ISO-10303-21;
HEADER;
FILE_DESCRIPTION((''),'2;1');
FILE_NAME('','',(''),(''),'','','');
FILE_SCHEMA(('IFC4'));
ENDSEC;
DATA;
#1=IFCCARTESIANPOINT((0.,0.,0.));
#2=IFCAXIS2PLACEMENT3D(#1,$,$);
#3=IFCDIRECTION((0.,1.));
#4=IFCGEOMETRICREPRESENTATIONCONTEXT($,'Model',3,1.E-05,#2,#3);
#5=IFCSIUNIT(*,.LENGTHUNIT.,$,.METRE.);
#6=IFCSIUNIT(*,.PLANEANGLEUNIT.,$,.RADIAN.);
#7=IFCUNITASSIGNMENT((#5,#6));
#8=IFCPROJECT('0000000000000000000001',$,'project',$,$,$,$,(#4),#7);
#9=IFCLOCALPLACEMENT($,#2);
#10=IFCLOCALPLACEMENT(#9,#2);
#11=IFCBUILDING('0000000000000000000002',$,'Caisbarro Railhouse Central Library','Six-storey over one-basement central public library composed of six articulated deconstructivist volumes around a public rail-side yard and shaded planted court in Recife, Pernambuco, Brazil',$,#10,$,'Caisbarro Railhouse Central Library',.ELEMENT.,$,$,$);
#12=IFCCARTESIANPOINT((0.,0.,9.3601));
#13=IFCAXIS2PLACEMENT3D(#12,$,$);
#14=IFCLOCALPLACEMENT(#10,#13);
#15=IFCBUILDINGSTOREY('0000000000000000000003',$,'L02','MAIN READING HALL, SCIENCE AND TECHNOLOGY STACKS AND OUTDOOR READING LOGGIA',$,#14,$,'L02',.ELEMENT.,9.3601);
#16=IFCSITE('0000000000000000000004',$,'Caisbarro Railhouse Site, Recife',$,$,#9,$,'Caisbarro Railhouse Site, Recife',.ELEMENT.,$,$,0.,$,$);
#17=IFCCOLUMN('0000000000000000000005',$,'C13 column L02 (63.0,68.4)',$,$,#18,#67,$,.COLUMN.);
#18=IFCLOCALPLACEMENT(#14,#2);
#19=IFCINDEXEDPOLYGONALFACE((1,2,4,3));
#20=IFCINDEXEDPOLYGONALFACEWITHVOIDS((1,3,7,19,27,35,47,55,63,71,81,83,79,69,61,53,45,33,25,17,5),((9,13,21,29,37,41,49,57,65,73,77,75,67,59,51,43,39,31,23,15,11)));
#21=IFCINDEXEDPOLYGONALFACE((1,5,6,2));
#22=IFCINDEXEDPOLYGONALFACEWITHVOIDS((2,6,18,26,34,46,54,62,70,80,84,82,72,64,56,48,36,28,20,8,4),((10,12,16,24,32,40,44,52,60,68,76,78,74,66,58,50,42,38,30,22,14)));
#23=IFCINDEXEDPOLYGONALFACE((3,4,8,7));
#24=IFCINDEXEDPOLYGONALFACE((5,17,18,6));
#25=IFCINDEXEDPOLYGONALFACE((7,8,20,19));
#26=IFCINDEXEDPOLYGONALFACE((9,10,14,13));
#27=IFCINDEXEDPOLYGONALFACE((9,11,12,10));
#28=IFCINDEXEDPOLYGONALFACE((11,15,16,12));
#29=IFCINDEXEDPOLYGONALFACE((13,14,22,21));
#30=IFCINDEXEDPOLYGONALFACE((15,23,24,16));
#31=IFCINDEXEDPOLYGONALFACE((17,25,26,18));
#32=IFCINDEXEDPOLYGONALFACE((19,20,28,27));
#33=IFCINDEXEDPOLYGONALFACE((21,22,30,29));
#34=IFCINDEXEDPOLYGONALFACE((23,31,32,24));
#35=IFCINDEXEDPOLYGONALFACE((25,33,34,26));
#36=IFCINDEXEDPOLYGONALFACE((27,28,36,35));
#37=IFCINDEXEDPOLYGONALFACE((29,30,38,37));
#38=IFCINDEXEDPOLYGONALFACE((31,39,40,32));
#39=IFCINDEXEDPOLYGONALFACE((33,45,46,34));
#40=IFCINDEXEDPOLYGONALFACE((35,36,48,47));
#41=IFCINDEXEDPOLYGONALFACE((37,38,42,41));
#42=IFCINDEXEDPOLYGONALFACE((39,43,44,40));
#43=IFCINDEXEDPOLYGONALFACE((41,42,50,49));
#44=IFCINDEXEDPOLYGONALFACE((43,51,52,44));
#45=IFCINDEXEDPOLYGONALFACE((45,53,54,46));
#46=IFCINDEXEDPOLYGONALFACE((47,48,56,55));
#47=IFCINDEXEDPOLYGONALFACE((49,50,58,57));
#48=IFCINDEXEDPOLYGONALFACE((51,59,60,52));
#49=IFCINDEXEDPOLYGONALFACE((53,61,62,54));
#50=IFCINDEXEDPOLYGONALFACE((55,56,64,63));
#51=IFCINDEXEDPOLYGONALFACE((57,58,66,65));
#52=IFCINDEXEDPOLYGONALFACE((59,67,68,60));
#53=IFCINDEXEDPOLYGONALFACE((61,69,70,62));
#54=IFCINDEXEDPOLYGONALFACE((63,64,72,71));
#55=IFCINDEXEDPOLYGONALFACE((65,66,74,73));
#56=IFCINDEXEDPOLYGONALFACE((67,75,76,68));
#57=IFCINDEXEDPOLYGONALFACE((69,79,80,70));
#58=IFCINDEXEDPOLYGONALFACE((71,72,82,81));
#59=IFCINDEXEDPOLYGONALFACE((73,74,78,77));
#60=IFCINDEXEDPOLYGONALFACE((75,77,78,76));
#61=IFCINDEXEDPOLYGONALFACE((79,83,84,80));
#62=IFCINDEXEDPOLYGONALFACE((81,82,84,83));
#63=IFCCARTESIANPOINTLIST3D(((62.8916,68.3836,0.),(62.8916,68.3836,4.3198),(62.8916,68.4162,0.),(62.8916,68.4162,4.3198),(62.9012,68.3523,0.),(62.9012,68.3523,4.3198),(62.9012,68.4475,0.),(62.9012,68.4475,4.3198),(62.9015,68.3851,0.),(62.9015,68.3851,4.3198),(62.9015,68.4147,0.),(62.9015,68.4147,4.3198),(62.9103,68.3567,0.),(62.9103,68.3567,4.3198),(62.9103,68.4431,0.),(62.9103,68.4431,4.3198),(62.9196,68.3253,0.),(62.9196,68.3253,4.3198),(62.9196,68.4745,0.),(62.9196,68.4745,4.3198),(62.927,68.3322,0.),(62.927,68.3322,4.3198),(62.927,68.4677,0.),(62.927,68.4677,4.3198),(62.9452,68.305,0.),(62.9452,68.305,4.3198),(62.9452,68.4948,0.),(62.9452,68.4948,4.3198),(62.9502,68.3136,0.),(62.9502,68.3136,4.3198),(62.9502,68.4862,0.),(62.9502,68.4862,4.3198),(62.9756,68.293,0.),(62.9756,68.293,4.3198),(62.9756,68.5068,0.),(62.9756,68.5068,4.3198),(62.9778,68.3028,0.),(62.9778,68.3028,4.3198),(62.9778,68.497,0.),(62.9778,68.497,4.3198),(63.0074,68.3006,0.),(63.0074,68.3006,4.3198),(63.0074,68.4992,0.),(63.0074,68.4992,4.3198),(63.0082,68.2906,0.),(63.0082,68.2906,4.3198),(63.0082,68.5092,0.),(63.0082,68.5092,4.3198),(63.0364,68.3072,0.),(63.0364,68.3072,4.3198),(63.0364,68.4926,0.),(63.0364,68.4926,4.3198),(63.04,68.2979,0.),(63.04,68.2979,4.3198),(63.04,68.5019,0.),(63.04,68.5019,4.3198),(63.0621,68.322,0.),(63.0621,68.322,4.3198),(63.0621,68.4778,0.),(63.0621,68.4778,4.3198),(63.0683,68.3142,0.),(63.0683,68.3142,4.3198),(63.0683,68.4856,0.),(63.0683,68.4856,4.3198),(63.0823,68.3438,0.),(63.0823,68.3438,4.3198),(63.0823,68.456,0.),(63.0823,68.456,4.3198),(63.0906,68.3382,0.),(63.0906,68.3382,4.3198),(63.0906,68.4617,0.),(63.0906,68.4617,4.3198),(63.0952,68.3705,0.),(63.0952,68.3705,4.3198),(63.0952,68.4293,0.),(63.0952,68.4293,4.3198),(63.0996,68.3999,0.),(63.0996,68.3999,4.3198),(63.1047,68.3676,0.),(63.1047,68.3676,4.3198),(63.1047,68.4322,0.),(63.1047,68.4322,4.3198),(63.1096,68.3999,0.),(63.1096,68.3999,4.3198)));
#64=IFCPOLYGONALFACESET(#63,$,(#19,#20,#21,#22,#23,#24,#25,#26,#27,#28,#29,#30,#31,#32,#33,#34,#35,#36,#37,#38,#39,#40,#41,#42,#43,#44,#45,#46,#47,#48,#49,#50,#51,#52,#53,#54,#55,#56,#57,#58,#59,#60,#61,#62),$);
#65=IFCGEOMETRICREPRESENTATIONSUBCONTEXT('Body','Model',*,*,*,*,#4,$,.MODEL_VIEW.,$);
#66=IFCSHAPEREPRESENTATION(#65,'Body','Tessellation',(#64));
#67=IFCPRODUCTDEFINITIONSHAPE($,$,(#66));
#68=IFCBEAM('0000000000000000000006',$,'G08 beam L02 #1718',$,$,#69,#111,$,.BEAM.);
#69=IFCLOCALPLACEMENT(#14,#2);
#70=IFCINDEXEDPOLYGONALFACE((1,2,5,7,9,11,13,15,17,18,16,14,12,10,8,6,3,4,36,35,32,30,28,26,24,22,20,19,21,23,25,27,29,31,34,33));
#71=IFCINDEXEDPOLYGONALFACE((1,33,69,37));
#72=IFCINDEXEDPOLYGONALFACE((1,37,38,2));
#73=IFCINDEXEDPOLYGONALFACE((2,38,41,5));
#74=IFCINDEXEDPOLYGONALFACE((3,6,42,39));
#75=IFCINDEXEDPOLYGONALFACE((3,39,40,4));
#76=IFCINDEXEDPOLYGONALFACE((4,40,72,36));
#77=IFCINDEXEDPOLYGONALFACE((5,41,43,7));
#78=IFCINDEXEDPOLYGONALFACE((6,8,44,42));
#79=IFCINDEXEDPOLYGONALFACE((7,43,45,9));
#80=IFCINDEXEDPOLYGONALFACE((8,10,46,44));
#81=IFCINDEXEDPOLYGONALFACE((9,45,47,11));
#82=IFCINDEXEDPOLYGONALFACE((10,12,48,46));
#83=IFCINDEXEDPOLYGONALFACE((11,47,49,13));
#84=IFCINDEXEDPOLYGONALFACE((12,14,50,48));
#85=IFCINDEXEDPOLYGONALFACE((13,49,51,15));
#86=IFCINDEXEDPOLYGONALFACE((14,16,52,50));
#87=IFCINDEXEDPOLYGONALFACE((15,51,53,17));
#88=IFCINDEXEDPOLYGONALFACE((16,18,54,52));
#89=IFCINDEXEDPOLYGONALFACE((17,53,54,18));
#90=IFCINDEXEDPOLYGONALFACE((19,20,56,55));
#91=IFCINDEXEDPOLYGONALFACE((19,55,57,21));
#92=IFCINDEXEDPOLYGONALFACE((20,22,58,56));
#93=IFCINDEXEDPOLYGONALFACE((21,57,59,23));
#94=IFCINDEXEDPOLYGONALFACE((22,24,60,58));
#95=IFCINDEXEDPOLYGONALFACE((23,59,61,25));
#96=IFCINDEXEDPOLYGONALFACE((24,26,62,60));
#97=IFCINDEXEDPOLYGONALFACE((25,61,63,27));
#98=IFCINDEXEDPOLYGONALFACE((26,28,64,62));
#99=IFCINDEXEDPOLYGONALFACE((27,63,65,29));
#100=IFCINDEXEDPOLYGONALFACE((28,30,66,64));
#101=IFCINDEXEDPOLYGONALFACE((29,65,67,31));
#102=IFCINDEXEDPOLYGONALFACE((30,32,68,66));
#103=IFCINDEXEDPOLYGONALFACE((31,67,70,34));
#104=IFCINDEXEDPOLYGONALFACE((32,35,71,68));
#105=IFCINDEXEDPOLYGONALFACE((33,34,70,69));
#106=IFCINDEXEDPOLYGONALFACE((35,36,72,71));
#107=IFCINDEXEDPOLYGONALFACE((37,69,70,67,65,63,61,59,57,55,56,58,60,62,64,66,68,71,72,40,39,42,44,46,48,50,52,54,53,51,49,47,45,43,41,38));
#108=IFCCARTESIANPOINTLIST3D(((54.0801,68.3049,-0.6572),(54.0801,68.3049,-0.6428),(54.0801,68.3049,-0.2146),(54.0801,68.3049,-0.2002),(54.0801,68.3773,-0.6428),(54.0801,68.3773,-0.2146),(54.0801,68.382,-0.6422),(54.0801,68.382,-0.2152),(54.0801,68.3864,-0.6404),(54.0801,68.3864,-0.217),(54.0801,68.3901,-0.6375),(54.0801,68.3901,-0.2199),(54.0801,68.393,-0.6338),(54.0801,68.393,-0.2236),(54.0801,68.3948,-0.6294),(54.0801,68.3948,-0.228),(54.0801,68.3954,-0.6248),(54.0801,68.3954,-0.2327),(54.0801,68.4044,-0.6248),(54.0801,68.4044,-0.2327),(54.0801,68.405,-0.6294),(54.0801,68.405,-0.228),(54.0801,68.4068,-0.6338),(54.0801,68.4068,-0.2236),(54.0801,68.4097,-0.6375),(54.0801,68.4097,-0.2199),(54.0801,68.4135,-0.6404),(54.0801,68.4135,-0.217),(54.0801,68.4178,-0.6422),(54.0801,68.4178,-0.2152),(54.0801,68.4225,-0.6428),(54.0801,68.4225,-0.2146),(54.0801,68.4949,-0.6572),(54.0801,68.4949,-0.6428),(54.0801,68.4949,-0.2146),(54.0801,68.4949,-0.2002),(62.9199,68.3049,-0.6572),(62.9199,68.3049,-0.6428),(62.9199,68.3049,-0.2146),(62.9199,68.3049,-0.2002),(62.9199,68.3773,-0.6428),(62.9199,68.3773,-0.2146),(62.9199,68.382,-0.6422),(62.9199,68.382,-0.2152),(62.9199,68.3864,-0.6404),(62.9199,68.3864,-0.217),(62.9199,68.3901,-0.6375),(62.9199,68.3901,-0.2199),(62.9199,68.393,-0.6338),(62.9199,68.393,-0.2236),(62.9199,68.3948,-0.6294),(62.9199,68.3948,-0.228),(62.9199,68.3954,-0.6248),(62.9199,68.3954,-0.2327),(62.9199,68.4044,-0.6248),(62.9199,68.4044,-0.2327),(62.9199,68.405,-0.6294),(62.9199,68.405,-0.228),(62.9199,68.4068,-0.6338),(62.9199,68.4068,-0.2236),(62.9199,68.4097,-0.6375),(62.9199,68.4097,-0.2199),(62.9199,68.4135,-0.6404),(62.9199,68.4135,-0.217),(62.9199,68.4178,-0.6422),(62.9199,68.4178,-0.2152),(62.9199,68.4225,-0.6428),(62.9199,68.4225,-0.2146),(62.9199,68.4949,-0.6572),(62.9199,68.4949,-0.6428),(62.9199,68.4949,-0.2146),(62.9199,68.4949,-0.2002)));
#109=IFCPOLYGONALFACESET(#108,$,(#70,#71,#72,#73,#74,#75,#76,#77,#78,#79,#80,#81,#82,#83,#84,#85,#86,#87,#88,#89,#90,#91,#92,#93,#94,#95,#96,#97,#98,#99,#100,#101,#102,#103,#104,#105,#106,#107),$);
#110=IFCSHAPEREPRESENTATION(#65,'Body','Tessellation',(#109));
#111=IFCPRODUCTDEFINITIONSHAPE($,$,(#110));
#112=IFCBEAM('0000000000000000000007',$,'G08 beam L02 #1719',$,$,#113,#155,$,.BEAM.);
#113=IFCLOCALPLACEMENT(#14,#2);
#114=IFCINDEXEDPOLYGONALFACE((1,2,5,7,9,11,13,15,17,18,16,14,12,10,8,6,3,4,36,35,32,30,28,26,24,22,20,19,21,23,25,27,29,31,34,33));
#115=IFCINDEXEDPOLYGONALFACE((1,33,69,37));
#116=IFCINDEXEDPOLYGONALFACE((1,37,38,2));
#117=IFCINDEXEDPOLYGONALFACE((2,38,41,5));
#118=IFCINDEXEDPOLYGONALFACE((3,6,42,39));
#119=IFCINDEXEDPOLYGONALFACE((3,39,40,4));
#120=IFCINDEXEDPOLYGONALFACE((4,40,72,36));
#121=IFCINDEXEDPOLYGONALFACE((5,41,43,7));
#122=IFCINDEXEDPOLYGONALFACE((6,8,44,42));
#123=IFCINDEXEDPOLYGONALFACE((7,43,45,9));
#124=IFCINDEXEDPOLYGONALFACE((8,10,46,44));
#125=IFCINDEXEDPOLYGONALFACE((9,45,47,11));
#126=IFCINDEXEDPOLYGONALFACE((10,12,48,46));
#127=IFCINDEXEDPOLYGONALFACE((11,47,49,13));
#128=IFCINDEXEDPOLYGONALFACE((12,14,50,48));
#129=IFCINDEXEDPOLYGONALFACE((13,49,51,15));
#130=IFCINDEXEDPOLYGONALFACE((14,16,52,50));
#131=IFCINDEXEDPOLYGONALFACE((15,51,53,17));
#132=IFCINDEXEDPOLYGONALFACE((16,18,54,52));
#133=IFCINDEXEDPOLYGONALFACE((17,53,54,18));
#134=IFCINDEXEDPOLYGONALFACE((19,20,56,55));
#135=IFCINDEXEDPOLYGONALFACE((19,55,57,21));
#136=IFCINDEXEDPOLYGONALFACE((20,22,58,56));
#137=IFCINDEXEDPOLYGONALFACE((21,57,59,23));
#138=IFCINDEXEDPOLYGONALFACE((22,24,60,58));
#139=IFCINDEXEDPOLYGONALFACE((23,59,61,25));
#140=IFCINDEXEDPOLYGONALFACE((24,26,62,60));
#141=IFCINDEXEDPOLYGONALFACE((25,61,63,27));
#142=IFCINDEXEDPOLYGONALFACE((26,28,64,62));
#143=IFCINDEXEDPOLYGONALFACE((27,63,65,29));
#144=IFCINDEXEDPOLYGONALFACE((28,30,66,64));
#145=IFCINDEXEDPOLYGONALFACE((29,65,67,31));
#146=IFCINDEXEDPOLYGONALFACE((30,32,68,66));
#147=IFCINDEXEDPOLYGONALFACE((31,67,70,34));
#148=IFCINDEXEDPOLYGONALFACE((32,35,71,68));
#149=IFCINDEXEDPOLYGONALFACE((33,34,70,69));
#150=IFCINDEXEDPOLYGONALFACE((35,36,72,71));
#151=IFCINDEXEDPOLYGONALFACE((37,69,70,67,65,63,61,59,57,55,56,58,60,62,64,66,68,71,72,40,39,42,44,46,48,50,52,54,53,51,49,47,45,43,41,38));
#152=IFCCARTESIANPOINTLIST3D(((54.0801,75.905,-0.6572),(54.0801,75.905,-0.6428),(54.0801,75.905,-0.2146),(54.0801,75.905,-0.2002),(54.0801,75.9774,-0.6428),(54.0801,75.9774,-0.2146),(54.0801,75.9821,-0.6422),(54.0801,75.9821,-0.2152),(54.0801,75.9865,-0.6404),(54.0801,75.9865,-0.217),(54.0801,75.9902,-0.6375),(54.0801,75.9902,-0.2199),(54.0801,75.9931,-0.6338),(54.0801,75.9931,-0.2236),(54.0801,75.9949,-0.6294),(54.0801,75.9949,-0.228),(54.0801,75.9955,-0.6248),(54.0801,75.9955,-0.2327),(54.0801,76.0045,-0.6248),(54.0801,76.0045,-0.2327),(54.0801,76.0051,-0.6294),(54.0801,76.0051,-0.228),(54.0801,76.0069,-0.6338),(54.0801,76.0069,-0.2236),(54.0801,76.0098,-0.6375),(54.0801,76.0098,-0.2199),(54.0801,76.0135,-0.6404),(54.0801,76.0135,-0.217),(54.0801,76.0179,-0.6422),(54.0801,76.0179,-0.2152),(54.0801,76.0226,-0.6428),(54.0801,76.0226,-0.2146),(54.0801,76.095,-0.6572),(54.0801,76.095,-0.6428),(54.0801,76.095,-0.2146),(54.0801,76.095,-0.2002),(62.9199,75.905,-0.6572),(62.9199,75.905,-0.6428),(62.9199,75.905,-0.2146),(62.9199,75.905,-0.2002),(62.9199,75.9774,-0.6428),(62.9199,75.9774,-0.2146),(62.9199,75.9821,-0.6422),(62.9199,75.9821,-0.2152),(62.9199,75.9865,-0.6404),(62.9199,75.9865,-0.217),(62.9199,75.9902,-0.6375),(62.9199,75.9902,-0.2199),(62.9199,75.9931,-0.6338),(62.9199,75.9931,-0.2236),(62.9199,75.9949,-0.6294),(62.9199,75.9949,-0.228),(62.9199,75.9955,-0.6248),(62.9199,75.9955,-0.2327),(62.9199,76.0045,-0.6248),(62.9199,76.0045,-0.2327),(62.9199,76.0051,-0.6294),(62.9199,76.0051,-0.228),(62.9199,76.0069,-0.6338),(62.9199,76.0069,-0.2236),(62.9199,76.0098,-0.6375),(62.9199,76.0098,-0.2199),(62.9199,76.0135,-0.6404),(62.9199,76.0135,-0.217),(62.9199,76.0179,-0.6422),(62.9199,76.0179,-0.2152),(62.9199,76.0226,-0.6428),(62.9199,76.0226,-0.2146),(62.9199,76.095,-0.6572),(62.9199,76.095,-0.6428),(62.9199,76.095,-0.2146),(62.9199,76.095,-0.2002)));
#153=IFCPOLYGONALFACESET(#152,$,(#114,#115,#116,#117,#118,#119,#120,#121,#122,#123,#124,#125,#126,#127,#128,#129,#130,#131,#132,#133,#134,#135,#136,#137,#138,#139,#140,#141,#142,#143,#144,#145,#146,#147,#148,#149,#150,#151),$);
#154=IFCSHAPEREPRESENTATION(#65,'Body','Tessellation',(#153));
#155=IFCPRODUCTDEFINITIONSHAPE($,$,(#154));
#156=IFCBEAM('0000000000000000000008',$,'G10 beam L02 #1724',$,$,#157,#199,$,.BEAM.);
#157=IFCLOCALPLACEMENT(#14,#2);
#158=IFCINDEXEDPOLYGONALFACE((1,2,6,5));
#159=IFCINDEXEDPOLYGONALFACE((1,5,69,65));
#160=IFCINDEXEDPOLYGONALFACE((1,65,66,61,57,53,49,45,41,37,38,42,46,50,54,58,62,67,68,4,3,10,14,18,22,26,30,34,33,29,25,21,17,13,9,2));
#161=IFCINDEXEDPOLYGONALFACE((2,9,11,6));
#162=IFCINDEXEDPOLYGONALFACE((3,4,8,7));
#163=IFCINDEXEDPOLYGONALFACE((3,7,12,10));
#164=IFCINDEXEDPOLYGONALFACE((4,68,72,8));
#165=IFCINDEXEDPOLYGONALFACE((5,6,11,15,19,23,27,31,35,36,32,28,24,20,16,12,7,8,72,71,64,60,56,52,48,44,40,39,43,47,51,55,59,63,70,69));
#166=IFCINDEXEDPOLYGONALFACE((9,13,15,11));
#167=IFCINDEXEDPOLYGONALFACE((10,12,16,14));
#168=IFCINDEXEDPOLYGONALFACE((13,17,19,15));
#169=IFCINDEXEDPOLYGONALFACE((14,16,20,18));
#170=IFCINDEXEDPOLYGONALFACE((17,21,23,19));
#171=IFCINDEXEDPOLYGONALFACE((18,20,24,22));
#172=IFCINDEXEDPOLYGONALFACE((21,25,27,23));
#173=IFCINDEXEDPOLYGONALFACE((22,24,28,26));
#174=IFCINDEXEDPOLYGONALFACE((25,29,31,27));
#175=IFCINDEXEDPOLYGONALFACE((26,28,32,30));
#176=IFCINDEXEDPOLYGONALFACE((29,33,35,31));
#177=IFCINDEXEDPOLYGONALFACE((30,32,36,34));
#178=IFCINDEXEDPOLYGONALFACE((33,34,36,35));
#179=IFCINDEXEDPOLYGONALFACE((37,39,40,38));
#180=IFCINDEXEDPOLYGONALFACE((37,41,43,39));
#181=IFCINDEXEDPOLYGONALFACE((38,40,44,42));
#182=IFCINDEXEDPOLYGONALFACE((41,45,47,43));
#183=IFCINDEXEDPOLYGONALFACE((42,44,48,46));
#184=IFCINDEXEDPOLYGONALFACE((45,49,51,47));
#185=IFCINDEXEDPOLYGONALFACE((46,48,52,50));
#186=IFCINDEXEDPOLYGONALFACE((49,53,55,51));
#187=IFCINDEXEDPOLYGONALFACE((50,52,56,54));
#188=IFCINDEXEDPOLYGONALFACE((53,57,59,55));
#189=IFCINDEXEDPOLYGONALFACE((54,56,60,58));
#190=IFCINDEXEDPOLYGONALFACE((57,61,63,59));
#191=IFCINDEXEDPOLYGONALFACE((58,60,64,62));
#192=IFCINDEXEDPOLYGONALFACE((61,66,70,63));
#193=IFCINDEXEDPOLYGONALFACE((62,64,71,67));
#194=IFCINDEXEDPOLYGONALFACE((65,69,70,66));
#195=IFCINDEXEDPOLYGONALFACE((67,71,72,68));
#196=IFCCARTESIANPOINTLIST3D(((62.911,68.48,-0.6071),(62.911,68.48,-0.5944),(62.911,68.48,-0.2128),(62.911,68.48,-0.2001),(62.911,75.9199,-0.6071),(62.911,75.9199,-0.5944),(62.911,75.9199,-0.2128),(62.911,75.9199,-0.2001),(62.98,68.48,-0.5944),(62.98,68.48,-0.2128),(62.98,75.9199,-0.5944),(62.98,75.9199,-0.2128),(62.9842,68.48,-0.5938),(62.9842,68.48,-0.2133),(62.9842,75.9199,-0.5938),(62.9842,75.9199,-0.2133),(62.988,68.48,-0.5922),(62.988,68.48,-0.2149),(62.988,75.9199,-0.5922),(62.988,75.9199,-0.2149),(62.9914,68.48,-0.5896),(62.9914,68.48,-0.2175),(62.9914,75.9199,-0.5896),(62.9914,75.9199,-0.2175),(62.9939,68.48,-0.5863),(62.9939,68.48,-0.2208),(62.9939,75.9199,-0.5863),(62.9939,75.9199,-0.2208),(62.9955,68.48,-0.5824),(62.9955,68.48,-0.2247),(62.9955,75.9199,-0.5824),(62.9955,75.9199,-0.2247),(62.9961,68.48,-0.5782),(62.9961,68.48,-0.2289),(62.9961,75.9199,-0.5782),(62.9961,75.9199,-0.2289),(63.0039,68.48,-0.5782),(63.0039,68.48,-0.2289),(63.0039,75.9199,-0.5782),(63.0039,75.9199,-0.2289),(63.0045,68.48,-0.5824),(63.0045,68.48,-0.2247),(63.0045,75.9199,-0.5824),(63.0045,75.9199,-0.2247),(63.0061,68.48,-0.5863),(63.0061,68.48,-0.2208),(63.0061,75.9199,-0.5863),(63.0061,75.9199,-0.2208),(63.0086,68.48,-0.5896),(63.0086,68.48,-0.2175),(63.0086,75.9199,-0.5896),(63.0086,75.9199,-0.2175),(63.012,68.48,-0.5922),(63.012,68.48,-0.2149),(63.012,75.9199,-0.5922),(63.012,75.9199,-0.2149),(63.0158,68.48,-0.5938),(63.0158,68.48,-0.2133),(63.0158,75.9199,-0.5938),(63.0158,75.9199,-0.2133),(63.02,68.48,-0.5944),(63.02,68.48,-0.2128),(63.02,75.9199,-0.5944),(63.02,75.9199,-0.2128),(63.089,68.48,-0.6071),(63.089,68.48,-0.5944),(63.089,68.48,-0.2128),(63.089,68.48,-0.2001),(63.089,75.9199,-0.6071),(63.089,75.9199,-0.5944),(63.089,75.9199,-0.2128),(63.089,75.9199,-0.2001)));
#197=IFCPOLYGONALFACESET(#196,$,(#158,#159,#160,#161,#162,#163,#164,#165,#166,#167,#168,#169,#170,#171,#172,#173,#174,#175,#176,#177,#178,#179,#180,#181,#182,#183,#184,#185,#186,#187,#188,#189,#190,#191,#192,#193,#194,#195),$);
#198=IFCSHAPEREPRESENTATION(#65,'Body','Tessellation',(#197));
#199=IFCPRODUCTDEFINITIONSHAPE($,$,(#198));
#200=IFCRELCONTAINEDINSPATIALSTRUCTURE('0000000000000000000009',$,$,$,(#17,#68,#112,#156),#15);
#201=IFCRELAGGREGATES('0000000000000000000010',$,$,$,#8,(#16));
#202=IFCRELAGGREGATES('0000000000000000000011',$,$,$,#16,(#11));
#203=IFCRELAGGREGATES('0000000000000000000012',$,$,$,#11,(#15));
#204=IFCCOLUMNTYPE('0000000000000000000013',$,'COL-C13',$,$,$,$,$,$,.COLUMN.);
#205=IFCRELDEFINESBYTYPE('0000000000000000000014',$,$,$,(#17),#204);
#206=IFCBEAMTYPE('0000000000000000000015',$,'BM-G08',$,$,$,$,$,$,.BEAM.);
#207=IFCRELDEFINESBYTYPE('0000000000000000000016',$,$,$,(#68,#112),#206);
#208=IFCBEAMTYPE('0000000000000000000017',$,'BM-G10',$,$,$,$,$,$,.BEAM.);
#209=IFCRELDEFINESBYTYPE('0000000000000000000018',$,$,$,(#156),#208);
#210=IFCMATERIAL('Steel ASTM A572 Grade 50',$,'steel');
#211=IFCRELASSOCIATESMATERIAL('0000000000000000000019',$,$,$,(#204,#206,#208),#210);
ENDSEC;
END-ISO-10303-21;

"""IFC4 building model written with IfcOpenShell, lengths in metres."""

from ifc_helpers import new_model, si_unit, direction, frame, origin, origin_2d, place, context, subcontext, project, spatial, hollow_circle, i_section, extrude, material, material_profile, profile_set, type_object, element, save


model = new_model("IFC4")

# Units and contexts
model_context = context("Model", 3, precision=1e-05, world=origin(), true_north=direction((0.0, 1.0)))
body_context = subcontext(model_context, "Body", "Model", "MODEL_VIEW")
ifc_project = project(units=[si_unit("LENGTHUNIT", "METRE"), si_unit("PLANEANGLEUNIT", "RADIAN")], contexts=[model_context])

# Site, building, storey
site_placement = place(None, origin())
site = spatial("IfcSite", under=ifc_project, at=site_placement, Name="Caisbarro Railhouse Site, Recife", LongName="Caisbarro Railhouse Site, Recife", CompositionType="ELEMENT", RefElevation=0.0)
building_placement = place(site_placement, origin())
building = spatial("IfcBuilding", under=site, at=building_placement, Name="Caisbarro Railhouse Central Library", Description="Six-storey over one-basement central public library composed of six articulated deconstructivist volumes around a public rail-side yard and shaded planted court in Recife, Pernambuco, Brazil", LongName="Caisbarro Railhouse Central Library", CompositionType="ELEMENT")
storey_placement = place(building_placement, frame((0.0, 0.0, 9.3601)))
storey = spatial("IfcBuildingStorey", under=building, at=storey_placement, Name="L02", Description="MAIN READING HALL, SCIENCE AND TECHNOLOGY STACKS AND OUTDOOR READING LOGGIA", LongName="L02", CompositionType="ELEMENT", Elevation=9.3601)

# Column
ifc_material_1 = material(Name="Steel ASTM A572 Grade 50", Category="steel")
ifc_material_profile_1 = material_profile(ifc_material_1, hollow_circle(Radius=0.1096, WallThickness=0.01, at=origin_2d()), Name="CHS219.1X10")
ifc_profile_set_1 = profile_set([ifc_material_profile_1], Name="Steel ASTM A572 Grade 50")
column_type = type_object("IfcColumnType", Name="COL-C13", PredefinedType="COLUMN", material=ifc_profile_set_1)
column_placement = place(storey_placement, frame((63.0, 68.3999, 0.0), z_axis=(0.0, 0.0, 1.0), x_axis=(1.0, 0.0, 0.0)))
element("IfcColumn", 1, at=column_placement, inside=storey, type_object=column_type, Name="C13 column L02 (63.0,68.4)", PredefinedType="COLUMN", context=body_context, shape_type="SweptSolid", body=[
    extrude(hollow_circle(Radius=0.1096, WallThickness=0.01, at=origin_2d()), origin(), (0.0, 0.0, 1.0), 4.3198),
])

# Beams
ifc_material_profile_2 = material_profile(ifc_material_1, i_section(OverallWidth=0.1899, OverallDepth=0.457, WebThickness=0.009, FlangeThickness=0.0144, FilletRadius=0.0181, at=origin_2d()), Name="W460X74.0")
ifc_profile_set_2 = profile_set([ifc_material_profile_2], Name="Steel ASTM A572 Grade 50")
beam_type_1 = type_object("IfcBeamType", Name="BM-G08", PredefinedType="BEAM", material=ifc_profile_set_2)
for number, where, z_axis, x_axis, name in (
    (2, (54.0801, 68.3999, -0.4287), (1.0, 0.0, 0.0), (0.0, 1.0, 0.0), "G08 beam L02 #1718"),
    (3, (54.0801, 76.0, -0.4287), (1.0, 0.0, 0.0), (0.0, 1.0, 0.0), "G08 beam L02 #1719"),
):
    element("IfcBeam", number, at=place(storey_placement, frame(where, z_axis=z_axis, x_axis=x_axis)), inside=storey, type_object=beam_type_1, Name=name, PredefinedType="BEAM", context=body_context, shape_type="SweptSolid", body=[
        extrude(i_section(OverallWidth=0.1899, OverallDepth=0.457, WebThickness=0.009, FlangeThickness=0.0144, FilletRadius=0.0181, at=origin_2d()), origin(), (0.0, 0.0, 1.0), 8.8398),
    ])
ifc_material_profile_3 = material_profile(ifc_material_1, i_section(OverallWidth=0.178, OverallDepth=0.407, WebThickness=0.0078, FlangeThickness=0.0127, FilletRadius=0.0161, at=origin_2d()), Name="W410X60.0")
ifc_profile_set_3 = profile_set([ifc_material_profile_3], Name="Steel ASTM A572 Grade 50")
beam_type_2 = type_object("IfcBeamType", Name="BM-G10", PredefinedType="BEAM", material=ifc_profile_set_3)
beam_placement = place(storey_placement, frame((63.0, 68.48, -0.4036), z_axis=(0.0, 1.0, 0.0), x_axis=(-1.0, 0.0, 0.0)))
element("IfcBeam", 4, at=beam_placement, inside=storey, type_object=beam_type_2, Name="G10 beam L02 #1724", PredefinedType="BEAM", context=body_context, shape_type="SweptSolid", body=[
    extrude(i_section(OverallWidth=0.178, OverallDepth=0.407, WebThickness=0.0078, FlangeThickness=0.0127, FilletRadius=0.0161, at=origin_2d()), origin(), (0.0, 0.0, 1.0), 7.4399),
])

save(model, "model.ifc")
